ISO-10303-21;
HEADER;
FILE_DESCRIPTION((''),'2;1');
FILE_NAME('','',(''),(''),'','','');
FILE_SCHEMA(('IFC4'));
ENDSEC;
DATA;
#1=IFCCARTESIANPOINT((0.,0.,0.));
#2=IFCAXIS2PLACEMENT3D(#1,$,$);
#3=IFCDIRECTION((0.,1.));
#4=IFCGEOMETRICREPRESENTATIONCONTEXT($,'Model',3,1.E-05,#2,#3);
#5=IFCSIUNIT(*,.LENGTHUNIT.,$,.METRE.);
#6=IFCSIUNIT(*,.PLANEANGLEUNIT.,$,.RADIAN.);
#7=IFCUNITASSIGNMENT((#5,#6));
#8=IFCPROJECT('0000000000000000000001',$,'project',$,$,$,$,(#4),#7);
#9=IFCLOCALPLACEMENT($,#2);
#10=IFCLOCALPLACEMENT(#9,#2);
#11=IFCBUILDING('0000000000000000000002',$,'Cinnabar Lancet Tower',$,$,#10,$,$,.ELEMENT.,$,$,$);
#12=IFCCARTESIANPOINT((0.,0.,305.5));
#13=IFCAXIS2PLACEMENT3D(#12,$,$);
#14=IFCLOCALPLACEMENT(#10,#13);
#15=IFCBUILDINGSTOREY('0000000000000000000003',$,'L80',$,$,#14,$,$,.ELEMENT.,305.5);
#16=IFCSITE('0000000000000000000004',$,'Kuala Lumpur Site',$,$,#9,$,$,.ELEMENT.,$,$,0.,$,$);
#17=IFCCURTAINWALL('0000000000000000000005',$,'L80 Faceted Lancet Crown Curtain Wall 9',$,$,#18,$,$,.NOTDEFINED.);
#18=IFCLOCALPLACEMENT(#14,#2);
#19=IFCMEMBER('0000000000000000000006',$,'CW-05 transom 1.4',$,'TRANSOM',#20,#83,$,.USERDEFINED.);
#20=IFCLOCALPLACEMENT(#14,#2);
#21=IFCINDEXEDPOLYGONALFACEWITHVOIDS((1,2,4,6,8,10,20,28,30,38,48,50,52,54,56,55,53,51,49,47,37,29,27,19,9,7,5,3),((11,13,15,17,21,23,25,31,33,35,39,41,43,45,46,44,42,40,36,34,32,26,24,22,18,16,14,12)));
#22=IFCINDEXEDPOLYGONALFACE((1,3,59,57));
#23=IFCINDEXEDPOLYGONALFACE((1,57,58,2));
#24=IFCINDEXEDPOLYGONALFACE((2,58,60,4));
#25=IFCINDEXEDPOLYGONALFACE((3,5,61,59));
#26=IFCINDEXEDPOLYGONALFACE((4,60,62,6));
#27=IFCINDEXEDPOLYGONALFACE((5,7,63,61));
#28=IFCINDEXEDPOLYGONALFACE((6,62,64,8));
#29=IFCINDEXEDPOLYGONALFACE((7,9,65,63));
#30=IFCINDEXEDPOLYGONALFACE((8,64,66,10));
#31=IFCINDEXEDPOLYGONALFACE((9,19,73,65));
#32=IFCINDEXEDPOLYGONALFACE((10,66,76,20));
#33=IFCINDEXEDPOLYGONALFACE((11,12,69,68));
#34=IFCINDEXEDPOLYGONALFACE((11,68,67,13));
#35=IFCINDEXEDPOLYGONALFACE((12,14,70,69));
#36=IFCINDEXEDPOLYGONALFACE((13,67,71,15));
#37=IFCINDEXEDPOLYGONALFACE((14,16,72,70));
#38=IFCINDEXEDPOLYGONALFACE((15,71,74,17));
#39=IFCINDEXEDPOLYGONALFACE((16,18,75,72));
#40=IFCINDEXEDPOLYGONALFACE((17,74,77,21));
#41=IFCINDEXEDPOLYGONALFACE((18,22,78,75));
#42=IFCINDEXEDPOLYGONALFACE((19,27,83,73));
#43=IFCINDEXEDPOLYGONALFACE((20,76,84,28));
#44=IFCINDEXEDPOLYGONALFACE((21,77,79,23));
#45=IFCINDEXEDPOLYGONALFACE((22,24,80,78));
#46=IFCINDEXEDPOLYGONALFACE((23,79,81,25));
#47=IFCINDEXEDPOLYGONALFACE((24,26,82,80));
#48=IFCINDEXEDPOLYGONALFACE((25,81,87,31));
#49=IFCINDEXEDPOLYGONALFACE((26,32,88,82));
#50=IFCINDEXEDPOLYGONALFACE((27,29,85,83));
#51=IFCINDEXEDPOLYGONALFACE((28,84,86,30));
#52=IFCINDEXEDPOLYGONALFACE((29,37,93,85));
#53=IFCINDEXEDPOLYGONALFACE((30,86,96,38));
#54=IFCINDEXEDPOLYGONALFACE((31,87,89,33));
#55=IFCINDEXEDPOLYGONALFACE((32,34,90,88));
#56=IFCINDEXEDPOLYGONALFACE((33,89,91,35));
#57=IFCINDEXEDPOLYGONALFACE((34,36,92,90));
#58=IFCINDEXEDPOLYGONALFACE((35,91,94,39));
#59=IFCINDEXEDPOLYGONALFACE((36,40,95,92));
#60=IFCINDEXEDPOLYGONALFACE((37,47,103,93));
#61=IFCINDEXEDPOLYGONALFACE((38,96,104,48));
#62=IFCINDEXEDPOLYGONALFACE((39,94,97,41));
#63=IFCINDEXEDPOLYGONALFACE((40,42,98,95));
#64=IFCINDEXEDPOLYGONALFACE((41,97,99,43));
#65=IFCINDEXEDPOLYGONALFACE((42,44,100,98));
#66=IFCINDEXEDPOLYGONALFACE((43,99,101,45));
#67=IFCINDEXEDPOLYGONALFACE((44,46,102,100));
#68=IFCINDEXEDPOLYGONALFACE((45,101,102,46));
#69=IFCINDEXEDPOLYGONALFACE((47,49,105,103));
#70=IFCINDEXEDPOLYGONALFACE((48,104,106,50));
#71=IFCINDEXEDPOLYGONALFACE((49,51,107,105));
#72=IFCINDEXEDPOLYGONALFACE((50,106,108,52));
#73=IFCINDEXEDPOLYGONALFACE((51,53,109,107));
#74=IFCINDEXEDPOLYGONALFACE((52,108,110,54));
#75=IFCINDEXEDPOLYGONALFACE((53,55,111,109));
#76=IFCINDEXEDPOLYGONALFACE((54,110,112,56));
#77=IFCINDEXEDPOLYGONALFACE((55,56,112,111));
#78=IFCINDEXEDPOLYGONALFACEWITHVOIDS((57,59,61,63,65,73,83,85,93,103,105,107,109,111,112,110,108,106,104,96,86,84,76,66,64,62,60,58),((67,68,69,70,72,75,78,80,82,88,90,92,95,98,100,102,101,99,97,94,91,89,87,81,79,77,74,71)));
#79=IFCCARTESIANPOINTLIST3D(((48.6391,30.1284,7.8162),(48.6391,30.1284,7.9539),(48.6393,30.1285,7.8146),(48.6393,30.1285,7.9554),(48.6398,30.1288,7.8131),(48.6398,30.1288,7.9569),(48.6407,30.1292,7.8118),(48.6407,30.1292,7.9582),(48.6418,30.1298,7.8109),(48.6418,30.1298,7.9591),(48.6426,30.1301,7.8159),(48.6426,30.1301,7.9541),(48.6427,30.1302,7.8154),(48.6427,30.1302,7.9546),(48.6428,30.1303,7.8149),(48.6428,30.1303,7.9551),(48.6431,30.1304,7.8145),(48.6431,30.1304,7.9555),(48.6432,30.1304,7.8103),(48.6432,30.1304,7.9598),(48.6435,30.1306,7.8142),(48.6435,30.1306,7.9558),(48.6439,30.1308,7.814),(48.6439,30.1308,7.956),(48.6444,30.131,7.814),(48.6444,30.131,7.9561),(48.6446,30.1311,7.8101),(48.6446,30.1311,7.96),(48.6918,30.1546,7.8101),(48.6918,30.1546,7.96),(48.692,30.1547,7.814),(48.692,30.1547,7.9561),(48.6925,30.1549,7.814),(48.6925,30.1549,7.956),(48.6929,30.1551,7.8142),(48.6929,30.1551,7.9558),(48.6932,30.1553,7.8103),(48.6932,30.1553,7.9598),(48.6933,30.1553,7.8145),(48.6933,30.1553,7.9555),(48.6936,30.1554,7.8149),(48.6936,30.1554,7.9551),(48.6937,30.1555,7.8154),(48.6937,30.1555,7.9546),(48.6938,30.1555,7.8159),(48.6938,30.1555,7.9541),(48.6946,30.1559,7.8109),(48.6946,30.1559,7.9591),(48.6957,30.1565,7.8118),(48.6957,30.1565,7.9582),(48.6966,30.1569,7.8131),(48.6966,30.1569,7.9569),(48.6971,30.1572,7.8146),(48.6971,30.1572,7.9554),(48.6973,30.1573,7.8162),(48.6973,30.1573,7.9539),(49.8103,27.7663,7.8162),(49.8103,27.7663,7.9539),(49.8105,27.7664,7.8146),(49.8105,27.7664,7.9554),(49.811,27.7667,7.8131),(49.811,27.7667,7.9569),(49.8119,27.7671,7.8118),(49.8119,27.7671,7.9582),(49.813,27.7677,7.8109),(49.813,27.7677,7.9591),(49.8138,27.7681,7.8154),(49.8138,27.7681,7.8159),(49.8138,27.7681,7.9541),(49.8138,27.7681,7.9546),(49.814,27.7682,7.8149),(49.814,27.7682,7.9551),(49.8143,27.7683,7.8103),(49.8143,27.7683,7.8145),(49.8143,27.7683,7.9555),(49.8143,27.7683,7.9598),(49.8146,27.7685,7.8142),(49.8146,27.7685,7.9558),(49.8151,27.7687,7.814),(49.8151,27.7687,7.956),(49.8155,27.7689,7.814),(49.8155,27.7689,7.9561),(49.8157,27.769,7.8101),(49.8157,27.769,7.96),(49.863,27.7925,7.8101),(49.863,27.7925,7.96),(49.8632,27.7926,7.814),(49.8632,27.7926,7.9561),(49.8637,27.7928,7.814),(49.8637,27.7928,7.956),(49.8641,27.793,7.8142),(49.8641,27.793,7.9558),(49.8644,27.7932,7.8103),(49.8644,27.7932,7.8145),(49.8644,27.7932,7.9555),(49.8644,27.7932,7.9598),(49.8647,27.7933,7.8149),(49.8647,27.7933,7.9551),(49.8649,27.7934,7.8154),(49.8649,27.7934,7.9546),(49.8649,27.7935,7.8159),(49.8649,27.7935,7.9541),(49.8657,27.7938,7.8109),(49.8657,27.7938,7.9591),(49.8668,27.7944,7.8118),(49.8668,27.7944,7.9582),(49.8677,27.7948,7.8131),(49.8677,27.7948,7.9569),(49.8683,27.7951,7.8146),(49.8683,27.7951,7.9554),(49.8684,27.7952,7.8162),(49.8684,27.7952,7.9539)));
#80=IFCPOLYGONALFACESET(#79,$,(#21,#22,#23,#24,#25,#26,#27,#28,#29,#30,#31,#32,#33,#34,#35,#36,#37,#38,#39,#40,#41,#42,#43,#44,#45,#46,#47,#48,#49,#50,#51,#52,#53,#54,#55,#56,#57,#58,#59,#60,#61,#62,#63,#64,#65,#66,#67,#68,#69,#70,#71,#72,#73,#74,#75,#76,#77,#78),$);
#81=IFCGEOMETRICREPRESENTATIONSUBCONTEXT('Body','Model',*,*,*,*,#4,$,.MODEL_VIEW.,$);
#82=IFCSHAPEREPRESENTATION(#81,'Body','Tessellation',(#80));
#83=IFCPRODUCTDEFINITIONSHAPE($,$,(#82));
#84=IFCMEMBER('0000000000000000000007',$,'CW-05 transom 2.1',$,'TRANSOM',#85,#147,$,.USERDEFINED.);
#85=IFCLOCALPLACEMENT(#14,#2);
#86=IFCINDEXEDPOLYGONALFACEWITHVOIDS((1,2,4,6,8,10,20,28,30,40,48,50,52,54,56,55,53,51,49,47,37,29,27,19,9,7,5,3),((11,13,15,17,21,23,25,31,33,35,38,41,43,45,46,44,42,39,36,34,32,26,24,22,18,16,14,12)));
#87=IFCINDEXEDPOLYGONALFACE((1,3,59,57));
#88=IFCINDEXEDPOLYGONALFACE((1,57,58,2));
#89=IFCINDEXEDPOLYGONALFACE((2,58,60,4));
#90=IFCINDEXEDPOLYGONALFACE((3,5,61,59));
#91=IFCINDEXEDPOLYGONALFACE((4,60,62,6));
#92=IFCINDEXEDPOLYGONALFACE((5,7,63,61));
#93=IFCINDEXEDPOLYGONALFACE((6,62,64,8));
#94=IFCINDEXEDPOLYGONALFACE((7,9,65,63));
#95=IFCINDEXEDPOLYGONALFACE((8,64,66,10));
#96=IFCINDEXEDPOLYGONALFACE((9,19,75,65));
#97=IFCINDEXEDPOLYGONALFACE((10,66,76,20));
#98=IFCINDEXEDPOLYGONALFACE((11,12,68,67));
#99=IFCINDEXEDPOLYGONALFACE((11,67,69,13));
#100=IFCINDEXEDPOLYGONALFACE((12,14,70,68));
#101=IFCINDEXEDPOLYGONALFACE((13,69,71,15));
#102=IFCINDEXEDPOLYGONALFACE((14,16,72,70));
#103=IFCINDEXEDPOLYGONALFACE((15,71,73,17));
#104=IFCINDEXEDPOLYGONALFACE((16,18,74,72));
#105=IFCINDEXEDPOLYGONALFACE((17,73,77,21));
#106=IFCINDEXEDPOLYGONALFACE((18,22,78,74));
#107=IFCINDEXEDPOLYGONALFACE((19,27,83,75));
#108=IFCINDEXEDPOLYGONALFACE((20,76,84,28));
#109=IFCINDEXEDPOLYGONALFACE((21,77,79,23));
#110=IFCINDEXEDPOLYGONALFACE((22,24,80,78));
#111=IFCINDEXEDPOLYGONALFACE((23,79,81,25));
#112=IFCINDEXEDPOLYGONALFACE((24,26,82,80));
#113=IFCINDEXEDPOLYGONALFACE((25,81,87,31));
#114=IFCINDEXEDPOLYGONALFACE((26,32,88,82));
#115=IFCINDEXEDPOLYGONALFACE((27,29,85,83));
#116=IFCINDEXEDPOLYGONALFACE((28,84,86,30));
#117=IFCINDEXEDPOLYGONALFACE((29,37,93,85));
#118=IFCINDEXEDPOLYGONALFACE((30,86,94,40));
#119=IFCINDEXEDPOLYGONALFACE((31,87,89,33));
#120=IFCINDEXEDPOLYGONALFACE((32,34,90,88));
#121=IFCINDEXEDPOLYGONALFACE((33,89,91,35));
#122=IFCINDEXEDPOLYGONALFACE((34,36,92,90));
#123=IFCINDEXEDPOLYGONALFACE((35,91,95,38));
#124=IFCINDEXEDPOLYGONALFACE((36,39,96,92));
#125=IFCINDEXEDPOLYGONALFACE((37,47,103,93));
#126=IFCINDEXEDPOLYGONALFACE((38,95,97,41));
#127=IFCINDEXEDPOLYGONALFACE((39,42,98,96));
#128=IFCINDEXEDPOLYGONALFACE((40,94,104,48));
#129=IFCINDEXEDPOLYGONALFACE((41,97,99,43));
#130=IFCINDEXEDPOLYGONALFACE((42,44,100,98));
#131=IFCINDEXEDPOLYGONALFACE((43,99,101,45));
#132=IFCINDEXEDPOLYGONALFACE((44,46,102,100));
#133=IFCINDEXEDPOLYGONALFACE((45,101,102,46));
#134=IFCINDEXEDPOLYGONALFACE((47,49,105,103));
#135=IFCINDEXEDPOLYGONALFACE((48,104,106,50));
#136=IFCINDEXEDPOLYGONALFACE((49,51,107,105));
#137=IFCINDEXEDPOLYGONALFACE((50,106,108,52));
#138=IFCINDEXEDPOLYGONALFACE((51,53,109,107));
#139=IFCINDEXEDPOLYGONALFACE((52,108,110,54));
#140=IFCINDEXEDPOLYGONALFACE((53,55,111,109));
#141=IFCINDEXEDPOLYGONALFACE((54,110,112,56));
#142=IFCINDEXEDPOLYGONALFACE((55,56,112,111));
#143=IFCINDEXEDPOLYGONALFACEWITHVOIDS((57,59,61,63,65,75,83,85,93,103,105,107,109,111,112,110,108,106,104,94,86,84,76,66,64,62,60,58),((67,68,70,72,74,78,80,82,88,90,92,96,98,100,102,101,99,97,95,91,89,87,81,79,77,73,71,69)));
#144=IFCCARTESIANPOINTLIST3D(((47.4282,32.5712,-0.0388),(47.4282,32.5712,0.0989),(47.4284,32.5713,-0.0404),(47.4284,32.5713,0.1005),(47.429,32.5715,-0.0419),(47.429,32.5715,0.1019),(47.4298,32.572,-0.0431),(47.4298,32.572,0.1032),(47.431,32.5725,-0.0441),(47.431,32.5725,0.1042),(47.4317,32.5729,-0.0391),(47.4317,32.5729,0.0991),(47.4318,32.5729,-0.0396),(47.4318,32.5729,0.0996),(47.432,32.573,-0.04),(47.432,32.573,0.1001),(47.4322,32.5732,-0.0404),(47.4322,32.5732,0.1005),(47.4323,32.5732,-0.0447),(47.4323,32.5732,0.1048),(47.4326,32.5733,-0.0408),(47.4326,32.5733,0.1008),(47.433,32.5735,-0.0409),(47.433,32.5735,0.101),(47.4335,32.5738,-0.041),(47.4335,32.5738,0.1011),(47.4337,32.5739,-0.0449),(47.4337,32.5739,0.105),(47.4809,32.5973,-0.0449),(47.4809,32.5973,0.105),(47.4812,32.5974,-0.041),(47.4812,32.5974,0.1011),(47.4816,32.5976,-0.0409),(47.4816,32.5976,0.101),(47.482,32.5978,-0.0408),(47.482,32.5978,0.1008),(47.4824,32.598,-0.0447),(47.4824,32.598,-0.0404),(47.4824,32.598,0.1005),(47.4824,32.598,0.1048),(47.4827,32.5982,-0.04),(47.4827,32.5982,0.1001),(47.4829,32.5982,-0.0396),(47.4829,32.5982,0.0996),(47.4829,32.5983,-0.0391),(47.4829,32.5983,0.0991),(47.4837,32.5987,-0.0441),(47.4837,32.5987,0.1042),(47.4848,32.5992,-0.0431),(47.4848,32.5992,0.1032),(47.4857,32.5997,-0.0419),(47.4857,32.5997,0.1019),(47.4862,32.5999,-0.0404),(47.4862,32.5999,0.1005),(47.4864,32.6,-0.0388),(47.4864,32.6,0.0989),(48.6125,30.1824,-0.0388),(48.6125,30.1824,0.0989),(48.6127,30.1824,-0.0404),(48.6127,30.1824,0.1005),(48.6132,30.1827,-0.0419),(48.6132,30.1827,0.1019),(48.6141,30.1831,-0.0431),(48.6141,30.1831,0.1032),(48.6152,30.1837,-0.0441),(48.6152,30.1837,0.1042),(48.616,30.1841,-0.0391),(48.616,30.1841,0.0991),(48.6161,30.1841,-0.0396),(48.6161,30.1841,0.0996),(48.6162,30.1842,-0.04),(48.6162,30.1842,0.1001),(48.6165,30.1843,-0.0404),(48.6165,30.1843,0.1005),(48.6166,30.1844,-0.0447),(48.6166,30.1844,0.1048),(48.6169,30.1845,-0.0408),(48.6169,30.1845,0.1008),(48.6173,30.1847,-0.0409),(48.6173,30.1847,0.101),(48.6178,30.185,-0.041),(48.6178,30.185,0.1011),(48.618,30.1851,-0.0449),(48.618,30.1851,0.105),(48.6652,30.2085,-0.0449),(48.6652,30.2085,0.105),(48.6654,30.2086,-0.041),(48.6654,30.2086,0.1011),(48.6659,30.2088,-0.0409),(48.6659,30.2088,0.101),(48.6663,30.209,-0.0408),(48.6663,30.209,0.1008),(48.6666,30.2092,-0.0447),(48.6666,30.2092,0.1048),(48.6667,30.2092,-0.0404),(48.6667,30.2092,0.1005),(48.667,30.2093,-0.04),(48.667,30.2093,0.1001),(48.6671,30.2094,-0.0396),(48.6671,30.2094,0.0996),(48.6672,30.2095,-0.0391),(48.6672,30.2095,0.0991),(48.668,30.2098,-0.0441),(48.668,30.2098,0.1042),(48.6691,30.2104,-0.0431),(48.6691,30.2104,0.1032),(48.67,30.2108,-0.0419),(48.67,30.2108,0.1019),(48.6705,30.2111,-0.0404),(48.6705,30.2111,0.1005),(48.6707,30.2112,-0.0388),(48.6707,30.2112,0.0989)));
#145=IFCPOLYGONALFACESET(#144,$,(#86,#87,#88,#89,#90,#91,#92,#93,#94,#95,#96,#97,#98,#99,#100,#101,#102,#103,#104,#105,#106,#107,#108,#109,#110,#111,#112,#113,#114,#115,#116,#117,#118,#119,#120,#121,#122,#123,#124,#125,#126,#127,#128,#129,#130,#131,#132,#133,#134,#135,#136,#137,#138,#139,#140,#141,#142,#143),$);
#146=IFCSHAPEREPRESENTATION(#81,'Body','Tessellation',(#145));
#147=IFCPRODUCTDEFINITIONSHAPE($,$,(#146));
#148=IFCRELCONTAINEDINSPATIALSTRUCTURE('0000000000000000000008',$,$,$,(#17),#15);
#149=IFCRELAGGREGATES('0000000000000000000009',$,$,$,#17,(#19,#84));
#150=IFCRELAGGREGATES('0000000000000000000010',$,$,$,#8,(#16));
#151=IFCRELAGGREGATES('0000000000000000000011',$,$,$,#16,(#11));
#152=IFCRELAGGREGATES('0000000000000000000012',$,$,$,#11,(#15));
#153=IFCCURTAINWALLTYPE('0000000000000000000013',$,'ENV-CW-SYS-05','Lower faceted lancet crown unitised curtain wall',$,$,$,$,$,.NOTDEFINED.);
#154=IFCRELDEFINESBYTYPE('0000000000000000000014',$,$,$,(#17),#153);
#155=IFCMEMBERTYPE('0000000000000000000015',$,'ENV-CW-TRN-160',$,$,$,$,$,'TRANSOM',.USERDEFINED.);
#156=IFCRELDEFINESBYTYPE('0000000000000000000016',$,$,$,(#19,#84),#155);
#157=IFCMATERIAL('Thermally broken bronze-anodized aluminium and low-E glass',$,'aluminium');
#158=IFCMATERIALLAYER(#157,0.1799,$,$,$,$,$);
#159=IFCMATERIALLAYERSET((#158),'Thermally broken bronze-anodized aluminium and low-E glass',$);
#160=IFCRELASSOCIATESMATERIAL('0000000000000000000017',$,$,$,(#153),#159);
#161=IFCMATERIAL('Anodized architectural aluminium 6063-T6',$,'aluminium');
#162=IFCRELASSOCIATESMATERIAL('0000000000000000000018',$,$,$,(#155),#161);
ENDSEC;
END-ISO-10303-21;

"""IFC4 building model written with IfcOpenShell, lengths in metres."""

from ifc_helpers import new_model, si_unit, direction, frame, origin, origin_2d, place, context, subcontext, project, spatial, hollow_rectangle, extrude, material, layer, layer_set, material_profile, profile_set, type_object, element, aggregate, save


model = new_model("IFC4")

# Units and contexts
model_context = context("Model", 3, precision=1e-05, world=origin(), true_north=direction((0.0, 1.0)))
body_context = subcontext(model_context, "Body", "Model", "MODEL_VIEW")
ifc_project = project(units=[si_unit("LENGTHUNIT", "METRE"), si_unit("PLANEANGLEUNIT", "RADIAN")], contexts=[model_context])

# Site, building, storey
site_placement = place(None, origin())
site = spatial("IfcSite", under=ifc_project, at=site_placement, Name="Kuala Lumpur Site", CompositionType="ELEMENT", RefElevation=0.0)
building_placement = place(site_placement, origin())
building = spatial("IfcBuilding", under=site, at=building_placement, Name="Cinnabar Lancet Tower", CompositionType="ELEMENT")
storey_placement = place(building_placement, frame((0.0, 0.0, 305.5)))
storey = spatial("IfcBuildingStorey", under=building, at=storey_placement, Name="L80", CompositionType="ELEMENT", Elevation=305.5)

# Shared definitions
ifc_material_1 = material(Name="Thermally broken bronze-anodized aluminium and low-E glass", Category="aluminium")
ifc_layer_1 = layer(ifc_material_1, 0.1799)
ifc_layer_set_1 = layer_set([ifc_layer_1], Name="Thermally broken bronze-anodized aluminium and low-E glass")
curtain_wall_type = type_object("IfcCurtainWallType", Name="ENV-CW-SYS-05", Description="Lower faceted lancet crown unitised curtain wall", PredefinedType="NOTDEFINED", material=ifc_layer_set_1)

# Curtain wall
curtain_wall_1_placement = place(storey_placement, origin())
curtain_wall_1 = element("IfcCurtainWall", 1, at=curtain_wall_1_placement, inside=storey, type_object=curtain_wall_type, Name="L80 Faceted Lancet Crown Curtain Wall 9", PredefinedType="NOTDEFINED")

# Members
ifc_material_2 = material(Name="Anodized architectural aluminium 6063-T6", Category="aluminium")
ifc_material_profile_1 = material_profile(ifc_material_2, hollow_rectangle(XDim=0.0649, YDim=0.1499, WallThickness=0.0039, InnerFilletRadius=0.002, OuterFilletRadius=0.0061, at=origin_2d()), Name="CW-TRN 150x65x4")
ifc_profile_set_1 = profile_set([ifc_material_profile_1], Name="Anodized architectural aluminium 6063-T6")
member_type_1 = type_object("IfcMemberType", Name="ENV-CW-TRN-160", ElementType="TRANSOM", PredefinedType="USERDEFINED", material=ifc_profile_set_1)
member_1_placement = place(storey_placement, frame((49.8394, 27.7808, 7.885), z_axis=(-0.444211, 0.895922, 0.0), x_axis=(-0.895922, -0.444211, 0.0)))
member_1 = element("IfcMember", 2, at=member_1_placement, type_object=member_type_1, Name="CW-05 transom 1.4", ObjectType="TRANSOM", PredefinedType="USERDEFINED", context=body_context, shape_type="SweptSolid", body=[
    extrude(hollow_rectangle(XDim=0.0649, YDim=0.1499, WallThickness=0.0039, InnerFilletRadius=0.002, OuterFilletRadius=0.0061, at=origin_2d()), origin(), (0.0, 0.0, 1.0), 2.6365),
])
member_2_placement = place(storey_placement, frame((48.6416, 30.1968, 0.03), z_axis=(-0.444171, 0.895942, 0.0), x_axis=(-0.895942, -0.444171, 0.0)))
member_2 = element("IfcMember", 3, at=member_2_placement, type_object=member_type_1, Name="CW-05 transom 2.1", ObjectType="TRANSOM", PredefinedType="USERDEFINED", context=body_context, shape_type="SweptSolid", body=[
    extrude(hollow_rectangle(XDim=0.0649, YDim=0.1499, WallThickness=0.0039, InnerFilletRadius=0.002, OuterFilletRadius=0.0061, at=origin_2d()), origin(), (0.0, 0.0, 1.0), 2.6663),
])

aggregate(curtain_wall_1, [member_1, member_2])

save(model, "model.ifc")
